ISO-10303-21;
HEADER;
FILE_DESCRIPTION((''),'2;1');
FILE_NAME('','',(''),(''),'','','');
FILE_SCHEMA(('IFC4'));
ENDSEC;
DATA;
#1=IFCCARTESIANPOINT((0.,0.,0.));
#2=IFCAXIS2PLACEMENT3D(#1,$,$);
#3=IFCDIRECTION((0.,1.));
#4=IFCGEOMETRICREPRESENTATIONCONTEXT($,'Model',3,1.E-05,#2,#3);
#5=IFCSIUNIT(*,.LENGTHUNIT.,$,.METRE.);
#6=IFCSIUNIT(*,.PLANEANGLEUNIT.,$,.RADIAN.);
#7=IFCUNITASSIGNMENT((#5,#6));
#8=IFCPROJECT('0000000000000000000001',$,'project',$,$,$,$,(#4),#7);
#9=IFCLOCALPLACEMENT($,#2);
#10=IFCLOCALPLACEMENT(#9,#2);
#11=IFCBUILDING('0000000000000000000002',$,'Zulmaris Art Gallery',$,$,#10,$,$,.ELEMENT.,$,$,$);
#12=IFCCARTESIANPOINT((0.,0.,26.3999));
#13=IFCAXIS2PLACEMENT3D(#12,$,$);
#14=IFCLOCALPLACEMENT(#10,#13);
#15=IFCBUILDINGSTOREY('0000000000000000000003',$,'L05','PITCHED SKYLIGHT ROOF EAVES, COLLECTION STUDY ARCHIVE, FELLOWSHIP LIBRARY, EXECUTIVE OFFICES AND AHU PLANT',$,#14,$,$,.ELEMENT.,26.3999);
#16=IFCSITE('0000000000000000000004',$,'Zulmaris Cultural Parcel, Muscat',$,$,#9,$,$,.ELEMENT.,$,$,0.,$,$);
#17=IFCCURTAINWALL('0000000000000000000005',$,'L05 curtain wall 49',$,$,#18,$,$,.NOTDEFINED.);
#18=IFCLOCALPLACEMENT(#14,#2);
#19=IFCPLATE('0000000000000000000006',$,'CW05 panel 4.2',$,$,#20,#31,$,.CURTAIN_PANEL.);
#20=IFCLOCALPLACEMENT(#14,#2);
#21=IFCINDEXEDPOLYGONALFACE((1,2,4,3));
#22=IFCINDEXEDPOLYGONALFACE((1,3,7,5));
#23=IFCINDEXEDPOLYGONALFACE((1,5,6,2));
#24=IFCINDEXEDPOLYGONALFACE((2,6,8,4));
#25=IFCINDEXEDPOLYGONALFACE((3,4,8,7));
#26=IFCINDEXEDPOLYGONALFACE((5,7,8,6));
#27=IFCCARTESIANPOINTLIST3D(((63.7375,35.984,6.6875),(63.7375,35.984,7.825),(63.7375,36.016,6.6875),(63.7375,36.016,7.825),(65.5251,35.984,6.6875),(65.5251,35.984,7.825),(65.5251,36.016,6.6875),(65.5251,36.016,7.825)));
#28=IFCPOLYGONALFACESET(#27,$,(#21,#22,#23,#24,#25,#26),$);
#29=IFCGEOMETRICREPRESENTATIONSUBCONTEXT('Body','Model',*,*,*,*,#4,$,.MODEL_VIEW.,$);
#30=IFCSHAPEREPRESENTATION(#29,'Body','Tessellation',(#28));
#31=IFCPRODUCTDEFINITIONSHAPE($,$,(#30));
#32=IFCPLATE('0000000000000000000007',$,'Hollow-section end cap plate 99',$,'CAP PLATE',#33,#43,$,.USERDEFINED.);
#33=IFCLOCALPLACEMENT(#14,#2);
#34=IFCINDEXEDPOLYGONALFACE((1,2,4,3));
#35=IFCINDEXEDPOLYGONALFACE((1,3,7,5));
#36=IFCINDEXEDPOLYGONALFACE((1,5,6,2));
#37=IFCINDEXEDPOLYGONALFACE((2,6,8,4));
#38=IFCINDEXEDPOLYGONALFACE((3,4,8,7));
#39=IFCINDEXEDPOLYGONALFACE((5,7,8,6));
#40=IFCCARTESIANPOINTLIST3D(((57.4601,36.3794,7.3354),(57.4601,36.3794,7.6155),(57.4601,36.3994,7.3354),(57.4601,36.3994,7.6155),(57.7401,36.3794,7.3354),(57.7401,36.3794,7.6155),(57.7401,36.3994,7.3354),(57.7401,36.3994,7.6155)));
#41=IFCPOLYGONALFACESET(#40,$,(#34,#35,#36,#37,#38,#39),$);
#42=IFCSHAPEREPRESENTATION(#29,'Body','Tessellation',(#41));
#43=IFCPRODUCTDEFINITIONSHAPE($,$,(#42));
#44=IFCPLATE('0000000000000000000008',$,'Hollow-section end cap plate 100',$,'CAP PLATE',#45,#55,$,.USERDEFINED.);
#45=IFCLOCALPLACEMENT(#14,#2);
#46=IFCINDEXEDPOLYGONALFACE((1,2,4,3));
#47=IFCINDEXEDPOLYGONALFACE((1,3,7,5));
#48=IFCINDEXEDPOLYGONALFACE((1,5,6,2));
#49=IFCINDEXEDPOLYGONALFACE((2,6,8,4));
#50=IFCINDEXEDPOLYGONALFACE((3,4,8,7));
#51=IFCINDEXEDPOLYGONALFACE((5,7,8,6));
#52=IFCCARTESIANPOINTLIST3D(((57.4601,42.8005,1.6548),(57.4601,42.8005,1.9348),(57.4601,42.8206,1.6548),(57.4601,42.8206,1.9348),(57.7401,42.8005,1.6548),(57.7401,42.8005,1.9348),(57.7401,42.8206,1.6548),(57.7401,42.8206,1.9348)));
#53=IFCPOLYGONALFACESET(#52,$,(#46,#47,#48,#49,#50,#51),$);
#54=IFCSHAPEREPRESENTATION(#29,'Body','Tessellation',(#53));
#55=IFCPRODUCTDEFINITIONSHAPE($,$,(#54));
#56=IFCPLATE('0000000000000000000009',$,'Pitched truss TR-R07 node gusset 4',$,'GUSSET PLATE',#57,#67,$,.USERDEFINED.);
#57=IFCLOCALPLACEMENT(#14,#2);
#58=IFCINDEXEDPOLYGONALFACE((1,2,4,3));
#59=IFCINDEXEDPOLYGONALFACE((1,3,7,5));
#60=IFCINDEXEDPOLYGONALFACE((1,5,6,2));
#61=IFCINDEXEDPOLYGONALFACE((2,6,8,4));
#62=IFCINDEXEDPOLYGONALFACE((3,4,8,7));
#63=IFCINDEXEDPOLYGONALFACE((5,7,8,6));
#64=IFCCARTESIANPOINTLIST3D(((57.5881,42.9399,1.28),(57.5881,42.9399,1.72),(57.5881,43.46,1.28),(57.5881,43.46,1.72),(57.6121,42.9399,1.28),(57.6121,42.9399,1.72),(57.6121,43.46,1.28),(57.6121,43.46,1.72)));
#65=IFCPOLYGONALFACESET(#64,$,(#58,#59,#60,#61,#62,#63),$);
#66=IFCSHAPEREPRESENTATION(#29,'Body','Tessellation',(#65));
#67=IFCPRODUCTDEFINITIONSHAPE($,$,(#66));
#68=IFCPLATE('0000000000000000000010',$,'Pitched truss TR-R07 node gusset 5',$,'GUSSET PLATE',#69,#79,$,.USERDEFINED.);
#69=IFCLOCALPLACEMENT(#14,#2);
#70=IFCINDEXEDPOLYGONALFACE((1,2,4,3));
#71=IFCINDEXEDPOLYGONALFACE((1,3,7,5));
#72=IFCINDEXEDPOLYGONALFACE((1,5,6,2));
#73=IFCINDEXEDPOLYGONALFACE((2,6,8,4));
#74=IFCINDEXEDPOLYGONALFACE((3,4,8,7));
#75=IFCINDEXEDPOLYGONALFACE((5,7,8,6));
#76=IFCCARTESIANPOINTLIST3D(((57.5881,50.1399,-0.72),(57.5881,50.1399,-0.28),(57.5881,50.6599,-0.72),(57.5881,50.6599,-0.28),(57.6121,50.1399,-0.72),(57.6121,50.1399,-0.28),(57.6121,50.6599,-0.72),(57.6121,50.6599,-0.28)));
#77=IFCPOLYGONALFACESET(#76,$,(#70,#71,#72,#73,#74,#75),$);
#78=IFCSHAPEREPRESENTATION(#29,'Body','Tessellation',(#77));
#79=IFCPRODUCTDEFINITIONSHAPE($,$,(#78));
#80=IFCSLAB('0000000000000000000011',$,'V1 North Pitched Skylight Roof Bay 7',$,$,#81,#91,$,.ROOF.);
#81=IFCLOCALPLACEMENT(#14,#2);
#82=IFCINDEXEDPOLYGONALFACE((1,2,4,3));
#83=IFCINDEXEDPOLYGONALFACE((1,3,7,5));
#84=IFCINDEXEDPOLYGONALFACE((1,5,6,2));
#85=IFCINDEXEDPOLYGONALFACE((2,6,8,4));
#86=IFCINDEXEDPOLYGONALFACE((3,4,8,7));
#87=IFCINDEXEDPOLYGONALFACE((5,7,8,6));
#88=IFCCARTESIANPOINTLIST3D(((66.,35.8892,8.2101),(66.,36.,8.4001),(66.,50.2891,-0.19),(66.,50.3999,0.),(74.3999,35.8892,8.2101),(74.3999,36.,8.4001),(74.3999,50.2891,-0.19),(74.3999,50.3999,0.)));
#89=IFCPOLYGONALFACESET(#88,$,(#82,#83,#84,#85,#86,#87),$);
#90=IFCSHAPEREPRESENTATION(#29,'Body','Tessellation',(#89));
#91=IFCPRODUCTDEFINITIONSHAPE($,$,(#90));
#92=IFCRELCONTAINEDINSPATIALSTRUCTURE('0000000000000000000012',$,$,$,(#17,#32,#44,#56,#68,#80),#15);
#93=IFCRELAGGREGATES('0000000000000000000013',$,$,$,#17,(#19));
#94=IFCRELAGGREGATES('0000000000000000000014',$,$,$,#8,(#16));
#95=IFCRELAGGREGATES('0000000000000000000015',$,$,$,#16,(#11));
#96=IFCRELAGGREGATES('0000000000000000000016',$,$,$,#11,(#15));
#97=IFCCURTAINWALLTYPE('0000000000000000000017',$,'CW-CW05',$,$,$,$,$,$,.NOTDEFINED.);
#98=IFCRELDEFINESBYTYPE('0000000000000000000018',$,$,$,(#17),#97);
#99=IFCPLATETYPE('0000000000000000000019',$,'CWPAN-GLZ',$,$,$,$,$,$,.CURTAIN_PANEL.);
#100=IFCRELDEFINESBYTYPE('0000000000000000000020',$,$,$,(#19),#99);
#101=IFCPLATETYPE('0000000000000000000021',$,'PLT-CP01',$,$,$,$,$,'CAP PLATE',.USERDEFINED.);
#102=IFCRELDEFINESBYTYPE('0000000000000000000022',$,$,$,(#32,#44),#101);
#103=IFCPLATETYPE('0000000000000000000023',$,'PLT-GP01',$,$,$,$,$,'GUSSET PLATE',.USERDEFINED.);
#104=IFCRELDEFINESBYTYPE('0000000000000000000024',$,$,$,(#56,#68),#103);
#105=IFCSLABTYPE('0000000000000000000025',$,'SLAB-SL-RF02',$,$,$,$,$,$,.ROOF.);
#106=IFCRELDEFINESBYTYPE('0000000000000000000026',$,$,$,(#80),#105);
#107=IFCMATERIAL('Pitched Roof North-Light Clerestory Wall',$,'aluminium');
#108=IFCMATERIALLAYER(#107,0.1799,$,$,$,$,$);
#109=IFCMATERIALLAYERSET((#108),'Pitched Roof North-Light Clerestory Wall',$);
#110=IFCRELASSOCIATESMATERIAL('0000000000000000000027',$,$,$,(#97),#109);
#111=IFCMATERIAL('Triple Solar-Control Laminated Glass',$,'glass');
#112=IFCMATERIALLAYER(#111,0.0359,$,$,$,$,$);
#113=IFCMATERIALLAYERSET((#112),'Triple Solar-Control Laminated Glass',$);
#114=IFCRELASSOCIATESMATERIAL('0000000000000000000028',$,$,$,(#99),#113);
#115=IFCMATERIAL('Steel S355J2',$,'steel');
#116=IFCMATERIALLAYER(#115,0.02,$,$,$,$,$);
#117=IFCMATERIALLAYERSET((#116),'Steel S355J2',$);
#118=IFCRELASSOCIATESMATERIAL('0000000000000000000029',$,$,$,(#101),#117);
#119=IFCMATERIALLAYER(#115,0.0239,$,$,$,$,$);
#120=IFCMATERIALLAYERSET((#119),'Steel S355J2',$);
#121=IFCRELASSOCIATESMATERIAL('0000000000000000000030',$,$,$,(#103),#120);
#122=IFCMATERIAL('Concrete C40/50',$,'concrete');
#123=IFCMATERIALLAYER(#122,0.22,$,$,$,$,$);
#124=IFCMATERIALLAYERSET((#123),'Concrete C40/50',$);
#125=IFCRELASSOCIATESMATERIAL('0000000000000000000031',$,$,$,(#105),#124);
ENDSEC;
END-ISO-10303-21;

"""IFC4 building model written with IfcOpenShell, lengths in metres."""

from ifc_helpers import new_model, si_unit, direction, frame, origin, origin_2d, place, context, subcontext, project, spatial, polyline, rectangle, outline, extrude, material, layer, layer_set, type_object, element, aggregate, save


model = new_model("IFC4")

# Units and contexts
model_context = context("Model", 3, precision=1e-05, world=origin(), true_north=direction((0.0, 1.0)))
body_context = subcontext(model_context, "Body", "Model", "MODEL_VIEW")
ifc_project = project(units=[si_unit("LENGTHUNIT", "METRE"), si_unit("PLANEANGLEUNIT", "RADIAN")], contexts=[model_context])

# Site, building, storey
site_placement = place(None, origin())
site = spatial("IfcSite", under=ifc_project, at=site_placement, Name="Zulmaris Cultural Parcel, Muscat", CompositionType="ELEMENT", RefElevation=0.0)
building_placement = place(site_placement, origin())
building = spatial("IfcBuilding", under=site, at=building_placement, Name="Zulmaris Art Gallery", CompositionType="ELEMENT")
storey_placement = place(building_placement, frame((0.0, 0.0, 26.3999)))
storey = spatial("IfcBuildingStorey", under=building, at=storey_placement, Name="L05", Description="PITCHED SKYLIGHT ROOF EAVES, COLLECTION STUDY ARCHIVE, FELLOWSHIP LIBRARY, EXECUTIVE OFFICES AND AHU PLANT", CompositionType="ELEMENT", Elevation=26.3999)

# Curtain wall
ifc_material_1 = material(Name="Pitched Roof North-Light Clerestory Wall", Category="aluminium")
ifc_layer_1 = layer(ifc_material_1, 0.1799)
ifc_layer_set_1 = layer_set([ifc_layer_1], Name="Pitched Roof North-Light Clerestory Wall")
curtain_wall_type = type_object("IfcCurtainWallType", Name="CW-CW05", PredefinedType="NOTDEFINED", material=ifc_layer_set_1)
curtain_wall_placement = place(storey_placement, origin())
curtain_wall = element("IfcCurtainWall", 1, at=curtain_wall_placement, inside=storey, type_object=curtain_wall_type, Name="L05 curtain wall 49", PredefinedType="NOTDEFINED")

# Shared definitions
ifc_material_2 = material(Name="Steel S355J2", Category="steel")

# Plate
ifc_material_3 = material(Name="Triple Solar-Control Laminated Glass", Category="glass")
ifc_layer_2 = layer(ifc_material_3, 0.0359)
ifc_layer_set_2 = layer_set([ifc_layer_2], Name="Triple Solar-Control Laminated Glass")
plate_type_1 = type_object("IfcPlateType", Name="CWPAN-GLZ", PredefinedType="CURTAIN_PANEL", material=ifc_layer_set_2)
plate_1_placement = place(storey_placement, frame((64.6313, 36.0, 6.6875), z_axis=(0.0, 0.0, 1.0), x_axis=(1.0, 0.0, 0.0)))
plate_1 = element("IfcPlate", 2, at=plate_1_placement, type_object=plate_type_1, Name="CW05 panel 4.2", PredefinedType="CURTAIN_PANEL", context=body_context, shape_type="SweptSolid", body=[
    extrude(rectangle(XDim=1.7876, YDim=0.032, at=origin_2d()), origin(), (0.0, 0.0, 1.0), 1.1375),
])
aggregate(curtain_wall, [plate_1])

# Plates
ifc_layer_3 = layer(ifc_material_2, 0.02)
ifc_layer_set_3 = layer_set([ifc_layer_3], Name="Steel S355J2")
plate_type_2 = type_object("IfcPlateType", Name="PLT-CP01", ElementType="CAP PLATE", PredefinedType="USERDEFINED", material=ifc_layer_set_3)
for number, where, z_axis, x_axis, name in (
    (3, (57.6001, 36.3894, 7.3354), (0.0, 0.0, 1.0), (1.0, 0.0, 0.0), "Hollow-section end cap plate 99"),
    (4, (57.6001, 42.8105, 1.6548), (0.0, 0.0, 1.0), (1.0, 0.0, 0.0), "Hollow-section end cap plate 100"),
):
    element("IfcPlate", number, at=place(storey_placement, frame(where, z_axis=z_axis, x_axis=x_axis)), inside=storey, type_object=plate_type_2, Name=name, ObjectType="CAP PLATE", PredefinedType="USERDEFINED", context=body_context, shape_type="SweptSolid", body=[
        extrude(rectangle(XDim=0.28, YDim=0.02, at=origin_2d()), origin(), (0.0, 0.0, 1.0), 0.28),
    ])
ifc_layer_4 = layer(ifc_material_2, 0.0239)
ifc_layer_set_4 = layer_set([ifc_layer_4], Name="Steel S355J2")
plate_type_3 = type_object("IfcPlateType", Name="PLT-GP01", ElementType="GUSSET PLATE", PredefinedType="USERDEFINED", material=ifc_layer_set_4)
for number, where, z_axis, x_axis, name in (
    (5, (57.6001, 43.2, 1.28), (0.0, 0.0, 1.0), (1.0, 0.0, 0.0), "Pitched truss TR-R07 node gusset 4"),
    (6, (57.6001, 50.3999, -0.72), (0.0, 0.0, 1.0), (1.0, 0.0, 0.0), "Pitched truss TR-R07 node gusset 5"),
):
    element("IfcPlate", number, at=place(storey_placement, frame(where, z_axis=z_axis, x_axis=x_axis)), inside=storey, type_object=plate_type_3, Name=name, ObjectType="GUSSET PLATE", PredefinedType="USERDEFINED", context=body_context, shape_type="SweptSolid", body=[
        extrude(rectangle(XDim=0.0239, YDim=0.52, at=origin_2d()), origin(), (0.0, 0.0, 1.0), 0.4399),
    ])

# Slab
ifc_material_4 = material(Name="Concrete C40/50", Category="concrete")
ifc_layer_5 = layer(ifc_material_4, 0.22)
ifc_layer_set_5 = layer_set([ifc_layer_5], Name="Concrete C40/50")
slab_type = type_object("IfcSlabType", Name="SLAB-SL-RF02", PredefinedType="ROOF", material=ifc_layer_set_5)
slab_placement = place(storey_placement, frame((66.0, 36.0, 8.4001), z_axis=(0.0, 0.50388, 0.863774), x_axis=(1.0, 0.0, 0.0)))
element("IfcSlab", 7, at=slab_placement, inside=storey, type_object=slab_type, Name="V1 North Pitched Skylight Roof Bay 7", PredefinedType="ROOF", context=body_context, shape_type="SweptSolid", body=[
    extrude(outline(polyline([(0.0, 0.0), (8.3999, 0.0), (8.3999, 16.6709), (0.0, 16.6709), (0.0, 0.0)])), origin(), (0.0, 0.0, -1.0), 0.22),
])

save(model, "model.ifc")
